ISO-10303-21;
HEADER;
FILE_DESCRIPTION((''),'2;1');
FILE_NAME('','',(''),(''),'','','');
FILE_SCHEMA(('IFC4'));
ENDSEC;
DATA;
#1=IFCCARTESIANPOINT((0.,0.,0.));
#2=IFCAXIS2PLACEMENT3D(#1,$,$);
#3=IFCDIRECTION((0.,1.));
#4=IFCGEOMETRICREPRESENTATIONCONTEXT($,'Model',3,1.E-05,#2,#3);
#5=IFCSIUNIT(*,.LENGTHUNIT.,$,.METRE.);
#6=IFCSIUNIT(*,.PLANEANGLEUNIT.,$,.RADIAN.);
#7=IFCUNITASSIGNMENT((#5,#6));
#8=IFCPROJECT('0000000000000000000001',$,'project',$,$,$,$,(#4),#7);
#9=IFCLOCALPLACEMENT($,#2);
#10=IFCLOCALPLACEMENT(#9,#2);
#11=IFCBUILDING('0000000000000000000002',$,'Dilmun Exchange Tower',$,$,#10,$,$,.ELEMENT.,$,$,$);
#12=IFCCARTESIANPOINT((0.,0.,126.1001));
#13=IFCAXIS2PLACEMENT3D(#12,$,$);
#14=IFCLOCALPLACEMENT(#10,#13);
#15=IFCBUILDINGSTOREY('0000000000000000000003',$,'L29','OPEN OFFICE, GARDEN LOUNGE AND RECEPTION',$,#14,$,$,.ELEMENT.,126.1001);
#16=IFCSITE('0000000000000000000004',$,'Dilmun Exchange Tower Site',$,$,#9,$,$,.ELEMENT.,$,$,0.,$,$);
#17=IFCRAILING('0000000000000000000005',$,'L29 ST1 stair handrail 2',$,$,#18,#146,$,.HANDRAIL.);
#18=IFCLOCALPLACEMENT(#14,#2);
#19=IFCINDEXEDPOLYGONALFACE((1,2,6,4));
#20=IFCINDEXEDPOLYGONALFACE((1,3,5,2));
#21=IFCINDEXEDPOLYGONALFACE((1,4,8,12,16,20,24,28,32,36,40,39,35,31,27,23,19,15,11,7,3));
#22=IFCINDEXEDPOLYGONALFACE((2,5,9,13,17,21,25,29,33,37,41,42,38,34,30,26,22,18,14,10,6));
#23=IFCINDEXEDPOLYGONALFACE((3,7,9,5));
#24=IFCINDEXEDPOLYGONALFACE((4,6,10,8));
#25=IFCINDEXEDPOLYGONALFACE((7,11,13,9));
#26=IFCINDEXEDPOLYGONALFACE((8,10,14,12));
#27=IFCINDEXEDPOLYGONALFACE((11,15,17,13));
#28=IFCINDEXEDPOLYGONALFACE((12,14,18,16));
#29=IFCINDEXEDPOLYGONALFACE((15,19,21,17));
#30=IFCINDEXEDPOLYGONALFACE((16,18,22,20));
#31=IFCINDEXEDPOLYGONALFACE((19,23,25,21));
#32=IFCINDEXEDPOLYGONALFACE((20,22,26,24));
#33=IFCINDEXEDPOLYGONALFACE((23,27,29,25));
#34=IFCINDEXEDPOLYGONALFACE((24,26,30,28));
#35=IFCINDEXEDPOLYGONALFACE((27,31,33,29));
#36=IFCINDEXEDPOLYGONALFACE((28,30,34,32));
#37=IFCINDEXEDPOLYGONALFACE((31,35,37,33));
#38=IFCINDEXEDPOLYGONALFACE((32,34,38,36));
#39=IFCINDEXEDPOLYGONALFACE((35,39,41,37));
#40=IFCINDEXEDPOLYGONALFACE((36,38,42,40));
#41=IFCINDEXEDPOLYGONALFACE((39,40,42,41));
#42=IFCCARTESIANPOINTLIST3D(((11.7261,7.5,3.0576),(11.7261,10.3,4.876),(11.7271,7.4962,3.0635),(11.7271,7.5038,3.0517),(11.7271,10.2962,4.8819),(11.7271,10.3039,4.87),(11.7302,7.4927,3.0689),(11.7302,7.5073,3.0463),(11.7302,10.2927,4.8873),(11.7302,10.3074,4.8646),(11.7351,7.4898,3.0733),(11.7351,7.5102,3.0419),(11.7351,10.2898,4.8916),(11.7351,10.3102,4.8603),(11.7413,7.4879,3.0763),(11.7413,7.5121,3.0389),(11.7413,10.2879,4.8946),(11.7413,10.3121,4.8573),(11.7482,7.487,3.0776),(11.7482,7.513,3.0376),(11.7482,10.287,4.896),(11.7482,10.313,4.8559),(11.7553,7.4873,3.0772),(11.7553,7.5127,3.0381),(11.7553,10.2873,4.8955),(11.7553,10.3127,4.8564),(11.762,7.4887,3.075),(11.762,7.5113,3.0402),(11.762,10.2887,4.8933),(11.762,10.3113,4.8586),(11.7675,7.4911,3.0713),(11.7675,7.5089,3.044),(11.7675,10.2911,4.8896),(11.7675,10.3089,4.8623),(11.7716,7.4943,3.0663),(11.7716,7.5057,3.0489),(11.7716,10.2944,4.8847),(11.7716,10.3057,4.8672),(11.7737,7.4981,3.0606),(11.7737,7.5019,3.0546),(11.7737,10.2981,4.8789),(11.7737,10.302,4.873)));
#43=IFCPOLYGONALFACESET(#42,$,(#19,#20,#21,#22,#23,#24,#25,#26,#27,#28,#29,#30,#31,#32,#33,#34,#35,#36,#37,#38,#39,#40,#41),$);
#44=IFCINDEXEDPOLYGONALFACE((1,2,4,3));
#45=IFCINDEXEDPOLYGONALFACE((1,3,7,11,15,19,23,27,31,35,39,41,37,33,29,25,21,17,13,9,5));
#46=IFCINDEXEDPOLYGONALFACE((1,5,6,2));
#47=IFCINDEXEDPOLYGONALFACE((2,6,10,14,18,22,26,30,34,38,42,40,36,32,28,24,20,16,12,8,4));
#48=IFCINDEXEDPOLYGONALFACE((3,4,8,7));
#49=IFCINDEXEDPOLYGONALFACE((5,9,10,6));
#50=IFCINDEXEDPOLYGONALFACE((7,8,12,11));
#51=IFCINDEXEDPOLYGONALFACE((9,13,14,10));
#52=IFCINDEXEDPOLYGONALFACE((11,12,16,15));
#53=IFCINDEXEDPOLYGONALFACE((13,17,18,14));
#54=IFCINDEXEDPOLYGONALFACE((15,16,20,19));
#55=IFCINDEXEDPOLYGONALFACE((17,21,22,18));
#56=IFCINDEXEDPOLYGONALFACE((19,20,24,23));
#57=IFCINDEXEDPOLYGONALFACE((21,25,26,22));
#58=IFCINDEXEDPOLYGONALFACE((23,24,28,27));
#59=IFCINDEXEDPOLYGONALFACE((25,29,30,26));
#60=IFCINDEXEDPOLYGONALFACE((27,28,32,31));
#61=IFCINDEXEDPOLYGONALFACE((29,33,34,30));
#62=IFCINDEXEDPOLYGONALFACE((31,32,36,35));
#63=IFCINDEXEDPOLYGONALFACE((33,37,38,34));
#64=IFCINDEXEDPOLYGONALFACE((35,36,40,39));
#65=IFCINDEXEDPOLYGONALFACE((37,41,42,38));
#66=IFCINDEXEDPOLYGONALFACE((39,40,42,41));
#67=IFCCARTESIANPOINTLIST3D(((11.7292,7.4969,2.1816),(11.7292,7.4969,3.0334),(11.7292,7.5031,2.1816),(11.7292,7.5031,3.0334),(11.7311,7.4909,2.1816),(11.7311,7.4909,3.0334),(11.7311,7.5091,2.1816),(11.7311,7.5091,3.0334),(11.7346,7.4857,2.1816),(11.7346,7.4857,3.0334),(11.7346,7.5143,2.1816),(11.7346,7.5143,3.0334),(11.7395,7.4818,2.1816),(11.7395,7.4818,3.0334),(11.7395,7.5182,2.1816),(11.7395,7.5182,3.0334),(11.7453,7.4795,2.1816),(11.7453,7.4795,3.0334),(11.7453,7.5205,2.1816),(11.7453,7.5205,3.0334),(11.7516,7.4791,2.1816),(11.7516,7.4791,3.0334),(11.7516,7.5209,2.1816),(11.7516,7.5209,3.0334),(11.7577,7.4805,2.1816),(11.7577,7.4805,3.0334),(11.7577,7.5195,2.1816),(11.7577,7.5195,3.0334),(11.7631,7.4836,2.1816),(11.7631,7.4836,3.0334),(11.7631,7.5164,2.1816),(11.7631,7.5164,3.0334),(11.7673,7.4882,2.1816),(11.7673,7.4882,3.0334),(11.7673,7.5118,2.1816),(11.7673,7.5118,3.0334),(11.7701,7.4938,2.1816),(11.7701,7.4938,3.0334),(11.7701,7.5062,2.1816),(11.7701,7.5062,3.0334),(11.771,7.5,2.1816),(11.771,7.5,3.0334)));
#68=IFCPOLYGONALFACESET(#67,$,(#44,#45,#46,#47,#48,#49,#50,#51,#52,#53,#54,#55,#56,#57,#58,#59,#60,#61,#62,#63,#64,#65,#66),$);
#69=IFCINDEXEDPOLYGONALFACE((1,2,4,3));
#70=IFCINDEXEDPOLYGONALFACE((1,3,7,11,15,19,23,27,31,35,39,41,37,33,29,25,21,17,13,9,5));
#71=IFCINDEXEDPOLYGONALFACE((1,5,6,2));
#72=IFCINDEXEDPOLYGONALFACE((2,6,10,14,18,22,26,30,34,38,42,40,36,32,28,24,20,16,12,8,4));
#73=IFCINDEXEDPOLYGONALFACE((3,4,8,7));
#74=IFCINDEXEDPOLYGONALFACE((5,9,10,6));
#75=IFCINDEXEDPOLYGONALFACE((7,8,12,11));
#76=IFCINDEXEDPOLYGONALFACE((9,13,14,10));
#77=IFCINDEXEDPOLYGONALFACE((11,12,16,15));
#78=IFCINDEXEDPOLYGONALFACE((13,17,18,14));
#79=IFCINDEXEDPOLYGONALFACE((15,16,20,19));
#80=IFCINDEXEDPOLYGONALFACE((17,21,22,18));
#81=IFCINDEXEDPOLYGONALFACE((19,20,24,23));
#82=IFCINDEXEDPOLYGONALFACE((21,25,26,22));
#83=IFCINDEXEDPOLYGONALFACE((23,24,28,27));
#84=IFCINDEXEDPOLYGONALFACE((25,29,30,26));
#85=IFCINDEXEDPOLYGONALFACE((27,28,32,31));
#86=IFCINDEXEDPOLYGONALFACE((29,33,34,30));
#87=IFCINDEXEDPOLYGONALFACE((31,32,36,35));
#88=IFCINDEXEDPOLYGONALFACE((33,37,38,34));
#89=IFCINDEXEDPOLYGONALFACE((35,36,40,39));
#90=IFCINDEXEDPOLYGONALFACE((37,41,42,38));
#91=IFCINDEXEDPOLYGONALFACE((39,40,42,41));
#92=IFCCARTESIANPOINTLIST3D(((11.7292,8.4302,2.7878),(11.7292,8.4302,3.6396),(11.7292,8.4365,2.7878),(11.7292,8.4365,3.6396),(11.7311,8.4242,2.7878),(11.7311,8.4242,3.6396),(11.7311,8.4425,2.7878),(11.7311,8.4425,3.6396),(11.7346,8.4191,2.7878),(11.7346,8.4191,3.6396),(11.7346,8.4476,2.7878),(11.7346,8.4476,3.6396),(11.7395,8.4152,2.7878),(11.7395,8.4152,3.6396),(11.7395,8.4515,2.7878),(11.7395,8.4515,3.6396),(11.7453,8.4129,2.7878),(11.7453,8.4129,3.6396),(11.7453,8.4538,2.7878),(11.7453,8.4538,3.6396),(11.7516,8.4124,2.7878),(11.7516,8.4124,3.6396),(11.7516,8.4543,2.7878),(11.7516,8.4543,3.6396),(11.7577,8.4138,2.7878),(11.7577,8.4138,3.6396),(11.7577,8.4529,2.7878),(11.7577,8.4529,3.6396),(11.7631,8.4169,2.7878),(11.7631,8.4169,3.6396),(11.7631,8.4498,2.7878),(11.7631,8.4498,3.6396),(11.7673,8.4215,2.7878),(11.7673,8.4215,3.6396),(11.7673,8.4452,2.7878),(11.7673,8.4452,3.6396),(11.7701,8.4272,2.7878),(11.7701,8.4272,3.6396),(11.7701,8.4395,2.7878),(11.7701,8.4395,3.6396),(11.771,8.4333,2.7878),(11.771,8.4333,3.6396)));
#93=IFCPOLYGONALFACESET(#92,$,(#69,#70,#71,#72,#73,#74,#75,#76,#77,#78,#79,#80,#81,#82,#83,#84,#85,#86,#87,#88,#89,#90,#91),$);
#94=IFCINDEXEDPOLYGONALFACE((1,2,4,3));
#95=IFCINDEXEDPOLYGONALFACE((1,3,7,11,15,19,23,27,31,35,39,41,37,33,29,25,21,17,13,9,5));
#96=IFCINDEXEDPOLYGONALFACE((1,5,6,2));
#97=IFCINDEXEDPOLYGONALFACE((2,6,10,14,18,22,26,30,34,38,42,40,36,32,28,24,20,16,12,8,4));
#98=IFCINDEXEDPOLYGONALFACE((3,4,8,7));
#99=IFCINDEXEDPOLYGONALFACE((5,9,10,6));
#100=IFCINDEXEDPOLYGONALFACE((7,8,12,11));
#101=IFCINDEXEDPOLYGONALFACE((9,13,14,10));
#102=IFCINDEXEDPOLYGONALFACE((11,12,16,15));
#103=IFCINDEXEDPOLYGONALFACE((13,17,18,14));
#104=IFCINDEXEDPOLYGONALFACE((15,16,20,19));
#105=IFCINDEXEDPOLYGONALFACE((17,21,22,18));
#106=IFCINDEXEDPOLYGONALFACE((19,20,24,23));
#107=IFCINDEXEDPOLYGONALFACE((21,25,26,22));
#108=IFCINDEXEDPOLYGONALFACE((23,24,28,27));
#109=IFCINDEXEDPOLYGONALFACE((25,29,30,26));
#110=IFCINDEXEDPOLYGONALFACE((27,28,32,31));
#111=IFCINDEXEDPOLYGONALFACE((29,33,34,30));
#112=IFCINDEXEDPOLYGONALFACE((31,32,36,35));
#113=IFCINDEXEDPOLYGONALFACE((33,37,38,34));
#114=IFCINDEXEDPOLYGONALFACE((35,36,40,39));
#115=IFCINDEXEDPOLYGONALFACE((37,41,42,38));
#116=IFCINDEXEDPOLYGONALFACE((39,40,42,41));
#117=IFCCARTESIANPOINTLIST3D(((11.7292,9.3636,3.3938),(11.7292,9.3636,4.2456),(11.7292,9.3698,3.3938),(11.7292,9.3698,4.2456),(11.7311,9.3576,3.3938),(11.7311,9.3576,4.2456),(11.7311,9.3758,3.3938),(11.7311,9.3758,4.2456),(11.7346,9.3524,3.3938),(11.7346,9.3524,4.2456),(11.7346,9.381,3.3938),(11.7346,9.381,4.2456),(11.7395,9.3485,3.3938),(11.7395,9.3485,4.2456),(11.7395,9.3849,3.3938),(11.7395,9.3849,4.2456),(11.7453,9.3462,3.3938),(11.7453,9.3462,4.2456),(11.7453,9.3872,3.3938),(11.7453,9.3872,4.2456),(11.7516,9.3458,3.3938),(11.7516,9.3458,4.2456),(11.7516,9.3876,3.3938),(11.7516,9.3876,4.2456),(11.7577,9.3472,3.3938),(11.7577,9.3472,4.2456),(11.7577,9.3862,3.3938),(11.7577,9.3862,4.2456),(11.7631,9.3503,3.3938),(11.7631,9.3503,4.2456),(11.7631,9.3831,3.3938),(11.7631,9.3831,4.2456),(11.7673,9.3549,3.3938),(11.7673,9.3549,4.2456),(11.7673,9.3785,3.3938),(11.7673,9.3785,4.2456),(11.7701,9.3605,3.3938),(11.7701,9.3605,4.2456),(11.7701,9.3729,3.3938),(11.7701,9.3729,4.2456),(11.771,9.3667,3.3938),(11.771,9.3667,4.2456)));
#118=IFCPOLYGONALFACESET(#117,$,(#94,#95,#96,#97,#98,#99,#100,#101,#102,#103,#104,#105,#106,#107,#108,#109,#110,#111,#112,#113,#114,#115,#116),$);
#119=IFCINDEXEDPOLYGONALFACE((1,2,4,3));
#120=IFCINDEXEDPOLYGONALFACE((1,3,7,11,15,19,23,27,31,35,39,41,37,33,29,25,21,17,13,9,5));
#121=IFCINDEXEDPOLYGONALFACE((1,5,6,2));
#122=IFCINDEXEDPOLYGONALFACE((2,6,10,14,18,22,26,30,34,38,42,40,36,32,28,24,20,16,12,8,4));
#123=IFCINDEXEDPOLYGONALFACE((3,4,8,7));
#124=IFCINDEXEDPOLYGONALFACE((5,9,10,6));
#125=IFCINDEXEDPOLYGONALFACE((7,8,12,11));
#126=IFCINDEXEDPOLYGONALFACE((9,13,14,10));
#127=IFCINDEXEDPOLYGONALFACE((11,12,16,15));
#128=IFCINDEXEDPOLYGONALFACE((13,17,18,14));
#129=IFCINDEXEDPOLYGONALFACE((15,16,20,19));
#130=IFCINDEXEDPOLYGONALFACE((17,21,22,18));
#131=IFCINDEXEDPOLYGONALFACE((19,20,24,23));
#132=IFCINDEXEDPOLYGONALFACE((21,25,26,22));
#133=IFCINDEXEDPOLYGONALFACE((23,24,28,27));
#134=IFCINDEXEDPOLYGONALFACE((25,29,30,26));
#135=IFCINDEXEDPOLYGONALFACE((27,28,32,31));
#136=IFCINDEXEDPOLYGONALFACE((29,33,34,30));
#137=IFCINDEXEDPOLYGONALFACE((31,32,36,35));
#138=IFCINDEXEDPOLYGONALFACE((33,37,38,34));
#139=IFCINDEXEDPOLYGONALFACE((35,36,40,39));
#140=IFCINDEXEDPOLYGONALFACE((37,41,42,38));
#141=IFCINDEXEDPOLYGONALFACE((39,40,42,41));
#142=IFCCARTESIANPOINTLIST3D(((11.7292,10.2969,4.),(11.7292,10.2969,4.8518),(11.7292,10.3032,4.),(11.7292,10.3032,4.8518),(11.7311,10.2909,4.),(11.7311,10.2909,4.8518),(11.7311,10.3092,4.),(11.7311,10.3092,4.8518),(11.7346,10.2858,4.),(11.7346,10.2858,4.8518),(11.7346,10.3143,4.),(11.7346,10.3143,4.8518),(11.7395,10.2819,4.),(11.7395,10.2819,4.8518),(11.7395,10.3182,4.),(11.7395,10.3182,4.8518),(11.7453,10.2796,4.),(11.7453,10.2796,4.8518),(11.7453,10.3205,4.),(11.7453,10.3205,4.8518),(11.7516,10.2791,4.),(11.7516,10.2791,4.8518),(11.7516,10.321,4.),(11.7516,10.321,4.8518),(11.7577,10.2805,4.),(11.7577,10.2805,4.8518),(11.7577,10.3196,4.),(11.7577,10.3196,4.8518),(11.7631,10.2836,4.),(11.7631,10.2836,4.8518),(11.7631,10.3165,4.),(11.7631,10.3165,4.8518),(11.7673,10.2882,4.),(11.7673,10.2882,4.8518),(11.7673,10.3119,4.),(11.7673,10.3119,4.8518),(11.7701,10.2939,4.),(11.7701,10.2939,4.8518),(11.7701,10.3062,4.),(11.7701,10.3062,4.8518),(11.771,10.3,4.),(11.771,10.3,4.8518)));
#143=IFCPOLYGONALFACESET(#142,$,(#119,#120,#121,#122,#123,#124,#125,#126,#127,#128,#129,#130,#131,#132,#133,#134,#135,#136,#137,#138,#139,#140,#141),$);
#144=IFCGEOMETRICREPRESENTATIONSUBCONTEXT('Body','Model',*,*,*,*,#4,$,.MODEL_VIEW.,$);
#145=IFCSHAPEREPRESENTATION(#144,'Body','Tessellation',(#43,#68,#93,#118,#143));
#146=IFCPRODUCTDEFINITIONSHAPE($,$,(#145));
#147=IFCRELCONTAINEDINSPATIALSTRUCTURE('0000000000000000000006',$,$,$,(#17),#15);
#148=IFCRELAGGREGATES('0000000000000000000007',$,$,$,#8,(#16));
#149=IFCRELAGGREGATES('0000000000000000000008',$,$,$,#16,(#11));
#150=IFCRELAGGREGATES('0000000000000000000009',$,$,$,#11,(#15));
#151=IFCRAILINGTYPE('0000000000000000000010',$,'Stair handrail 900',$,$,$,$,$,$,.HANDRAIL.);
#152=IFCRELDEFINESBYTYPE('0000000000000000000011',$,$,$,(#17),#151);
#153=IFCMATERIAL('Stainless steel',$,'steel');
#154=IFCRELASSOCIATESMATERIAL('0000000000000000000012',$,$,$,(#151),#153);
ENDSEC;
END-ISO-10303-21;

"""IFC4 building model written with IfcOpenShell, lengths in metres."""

from ifc_helpers import new_model, si_unit, direction, frame, origin, origin_2d, place, context, subcontext, project, spatial, circle, extrude, material, type_object, element, save


model = new_model("IFC4")

# Units and contexts
model_context = context("Model", 3, precision=1e-05, world=origin(), true_north=direction((0.0, 1.0)))
body_context = subcontext(model_context, "Body", "Model", "MODEL_VIEW")
ifc_project = project(units=[si_unit("LENGTHUNIT", "METRE"), si_unit("PLANEANGLEUNIT", "RADIAN")], contexts=[model_context])

# Site, building, storey
site_placement = place(None, origin())
site = spatial("IfcSite", under=ifc_project, at=site_placement, Name="Dilmun Exchange Tower Site", CompositionType="ELEMENT", RefElevation=0.0)
building_placement = place(site_placement, origin())
building = spatial("IfcBuilding", under=site, at=building_placement, Name="Dilmun Exchange Tower", CompositionType="ELEMENT")
storey_placement = place(building_placement, frame((0.0, 0.0, 126.1001)))
storey = spatial("IfcBuildingStorey", under=building, at=storey_placement, Name="L29", Description="OPEN OFFICE, GARDEN LOUNGE AND RECEPTION", CompositionType="ELEMENT", Elevation=126.1001)

# Railing
ifc_material_1 = material(Name="Stainless steel", Category="steel")
railing_type = type_object("IfcRailingType", Name="Stair handrail 900", PredefinedType="HANDRAIL", material=ifc_material_1)
railing_1_placement = place(storey_placement, frame((11.75, 7.5, 2.1816)))
element("IfcRailing", 1, at=railing_1_placement, inside=storey, type_object=railing_type, Name="L29 ST1 stair handrail 2", PredefinedType="HANDRAIL", context=body_context, shape_type="SweptSolid", body=[
    extrude(circle(Radius=0.0239, at=origin_2d()), frame((0.0, 0.0, 0.876), z_axis=(0.0, 0.838672, 0.544636), x_axis=(-1.0, 0.0, 0.0)), (0.0, 0.0, 1.0), 3.3386),
    extrude(circle(Radius=0.021, at=origin_2d()), origin(), (0.0, 0.0, 1.0), 0.8518),
    extrude(circle(Radius=0.021, at=origin_2d()), frame((0.0, 0.9333, 0.6062)), (0.0, 0.0, 1.0), 0.8518),
    extrude(circle(Radius=0.021, at=origin_2d()), frame((0.0, 1.8667, 1.2122)), (0.0, 0.0, 1.0), 0.8518),
    extrude(circle(Radius=0.021, at=origin_2d()), frame((0.0, 2.8, 1.8184)), (0.0, 0.0, 1.0), 0.8518),
])

save(model, "model.ifc")
